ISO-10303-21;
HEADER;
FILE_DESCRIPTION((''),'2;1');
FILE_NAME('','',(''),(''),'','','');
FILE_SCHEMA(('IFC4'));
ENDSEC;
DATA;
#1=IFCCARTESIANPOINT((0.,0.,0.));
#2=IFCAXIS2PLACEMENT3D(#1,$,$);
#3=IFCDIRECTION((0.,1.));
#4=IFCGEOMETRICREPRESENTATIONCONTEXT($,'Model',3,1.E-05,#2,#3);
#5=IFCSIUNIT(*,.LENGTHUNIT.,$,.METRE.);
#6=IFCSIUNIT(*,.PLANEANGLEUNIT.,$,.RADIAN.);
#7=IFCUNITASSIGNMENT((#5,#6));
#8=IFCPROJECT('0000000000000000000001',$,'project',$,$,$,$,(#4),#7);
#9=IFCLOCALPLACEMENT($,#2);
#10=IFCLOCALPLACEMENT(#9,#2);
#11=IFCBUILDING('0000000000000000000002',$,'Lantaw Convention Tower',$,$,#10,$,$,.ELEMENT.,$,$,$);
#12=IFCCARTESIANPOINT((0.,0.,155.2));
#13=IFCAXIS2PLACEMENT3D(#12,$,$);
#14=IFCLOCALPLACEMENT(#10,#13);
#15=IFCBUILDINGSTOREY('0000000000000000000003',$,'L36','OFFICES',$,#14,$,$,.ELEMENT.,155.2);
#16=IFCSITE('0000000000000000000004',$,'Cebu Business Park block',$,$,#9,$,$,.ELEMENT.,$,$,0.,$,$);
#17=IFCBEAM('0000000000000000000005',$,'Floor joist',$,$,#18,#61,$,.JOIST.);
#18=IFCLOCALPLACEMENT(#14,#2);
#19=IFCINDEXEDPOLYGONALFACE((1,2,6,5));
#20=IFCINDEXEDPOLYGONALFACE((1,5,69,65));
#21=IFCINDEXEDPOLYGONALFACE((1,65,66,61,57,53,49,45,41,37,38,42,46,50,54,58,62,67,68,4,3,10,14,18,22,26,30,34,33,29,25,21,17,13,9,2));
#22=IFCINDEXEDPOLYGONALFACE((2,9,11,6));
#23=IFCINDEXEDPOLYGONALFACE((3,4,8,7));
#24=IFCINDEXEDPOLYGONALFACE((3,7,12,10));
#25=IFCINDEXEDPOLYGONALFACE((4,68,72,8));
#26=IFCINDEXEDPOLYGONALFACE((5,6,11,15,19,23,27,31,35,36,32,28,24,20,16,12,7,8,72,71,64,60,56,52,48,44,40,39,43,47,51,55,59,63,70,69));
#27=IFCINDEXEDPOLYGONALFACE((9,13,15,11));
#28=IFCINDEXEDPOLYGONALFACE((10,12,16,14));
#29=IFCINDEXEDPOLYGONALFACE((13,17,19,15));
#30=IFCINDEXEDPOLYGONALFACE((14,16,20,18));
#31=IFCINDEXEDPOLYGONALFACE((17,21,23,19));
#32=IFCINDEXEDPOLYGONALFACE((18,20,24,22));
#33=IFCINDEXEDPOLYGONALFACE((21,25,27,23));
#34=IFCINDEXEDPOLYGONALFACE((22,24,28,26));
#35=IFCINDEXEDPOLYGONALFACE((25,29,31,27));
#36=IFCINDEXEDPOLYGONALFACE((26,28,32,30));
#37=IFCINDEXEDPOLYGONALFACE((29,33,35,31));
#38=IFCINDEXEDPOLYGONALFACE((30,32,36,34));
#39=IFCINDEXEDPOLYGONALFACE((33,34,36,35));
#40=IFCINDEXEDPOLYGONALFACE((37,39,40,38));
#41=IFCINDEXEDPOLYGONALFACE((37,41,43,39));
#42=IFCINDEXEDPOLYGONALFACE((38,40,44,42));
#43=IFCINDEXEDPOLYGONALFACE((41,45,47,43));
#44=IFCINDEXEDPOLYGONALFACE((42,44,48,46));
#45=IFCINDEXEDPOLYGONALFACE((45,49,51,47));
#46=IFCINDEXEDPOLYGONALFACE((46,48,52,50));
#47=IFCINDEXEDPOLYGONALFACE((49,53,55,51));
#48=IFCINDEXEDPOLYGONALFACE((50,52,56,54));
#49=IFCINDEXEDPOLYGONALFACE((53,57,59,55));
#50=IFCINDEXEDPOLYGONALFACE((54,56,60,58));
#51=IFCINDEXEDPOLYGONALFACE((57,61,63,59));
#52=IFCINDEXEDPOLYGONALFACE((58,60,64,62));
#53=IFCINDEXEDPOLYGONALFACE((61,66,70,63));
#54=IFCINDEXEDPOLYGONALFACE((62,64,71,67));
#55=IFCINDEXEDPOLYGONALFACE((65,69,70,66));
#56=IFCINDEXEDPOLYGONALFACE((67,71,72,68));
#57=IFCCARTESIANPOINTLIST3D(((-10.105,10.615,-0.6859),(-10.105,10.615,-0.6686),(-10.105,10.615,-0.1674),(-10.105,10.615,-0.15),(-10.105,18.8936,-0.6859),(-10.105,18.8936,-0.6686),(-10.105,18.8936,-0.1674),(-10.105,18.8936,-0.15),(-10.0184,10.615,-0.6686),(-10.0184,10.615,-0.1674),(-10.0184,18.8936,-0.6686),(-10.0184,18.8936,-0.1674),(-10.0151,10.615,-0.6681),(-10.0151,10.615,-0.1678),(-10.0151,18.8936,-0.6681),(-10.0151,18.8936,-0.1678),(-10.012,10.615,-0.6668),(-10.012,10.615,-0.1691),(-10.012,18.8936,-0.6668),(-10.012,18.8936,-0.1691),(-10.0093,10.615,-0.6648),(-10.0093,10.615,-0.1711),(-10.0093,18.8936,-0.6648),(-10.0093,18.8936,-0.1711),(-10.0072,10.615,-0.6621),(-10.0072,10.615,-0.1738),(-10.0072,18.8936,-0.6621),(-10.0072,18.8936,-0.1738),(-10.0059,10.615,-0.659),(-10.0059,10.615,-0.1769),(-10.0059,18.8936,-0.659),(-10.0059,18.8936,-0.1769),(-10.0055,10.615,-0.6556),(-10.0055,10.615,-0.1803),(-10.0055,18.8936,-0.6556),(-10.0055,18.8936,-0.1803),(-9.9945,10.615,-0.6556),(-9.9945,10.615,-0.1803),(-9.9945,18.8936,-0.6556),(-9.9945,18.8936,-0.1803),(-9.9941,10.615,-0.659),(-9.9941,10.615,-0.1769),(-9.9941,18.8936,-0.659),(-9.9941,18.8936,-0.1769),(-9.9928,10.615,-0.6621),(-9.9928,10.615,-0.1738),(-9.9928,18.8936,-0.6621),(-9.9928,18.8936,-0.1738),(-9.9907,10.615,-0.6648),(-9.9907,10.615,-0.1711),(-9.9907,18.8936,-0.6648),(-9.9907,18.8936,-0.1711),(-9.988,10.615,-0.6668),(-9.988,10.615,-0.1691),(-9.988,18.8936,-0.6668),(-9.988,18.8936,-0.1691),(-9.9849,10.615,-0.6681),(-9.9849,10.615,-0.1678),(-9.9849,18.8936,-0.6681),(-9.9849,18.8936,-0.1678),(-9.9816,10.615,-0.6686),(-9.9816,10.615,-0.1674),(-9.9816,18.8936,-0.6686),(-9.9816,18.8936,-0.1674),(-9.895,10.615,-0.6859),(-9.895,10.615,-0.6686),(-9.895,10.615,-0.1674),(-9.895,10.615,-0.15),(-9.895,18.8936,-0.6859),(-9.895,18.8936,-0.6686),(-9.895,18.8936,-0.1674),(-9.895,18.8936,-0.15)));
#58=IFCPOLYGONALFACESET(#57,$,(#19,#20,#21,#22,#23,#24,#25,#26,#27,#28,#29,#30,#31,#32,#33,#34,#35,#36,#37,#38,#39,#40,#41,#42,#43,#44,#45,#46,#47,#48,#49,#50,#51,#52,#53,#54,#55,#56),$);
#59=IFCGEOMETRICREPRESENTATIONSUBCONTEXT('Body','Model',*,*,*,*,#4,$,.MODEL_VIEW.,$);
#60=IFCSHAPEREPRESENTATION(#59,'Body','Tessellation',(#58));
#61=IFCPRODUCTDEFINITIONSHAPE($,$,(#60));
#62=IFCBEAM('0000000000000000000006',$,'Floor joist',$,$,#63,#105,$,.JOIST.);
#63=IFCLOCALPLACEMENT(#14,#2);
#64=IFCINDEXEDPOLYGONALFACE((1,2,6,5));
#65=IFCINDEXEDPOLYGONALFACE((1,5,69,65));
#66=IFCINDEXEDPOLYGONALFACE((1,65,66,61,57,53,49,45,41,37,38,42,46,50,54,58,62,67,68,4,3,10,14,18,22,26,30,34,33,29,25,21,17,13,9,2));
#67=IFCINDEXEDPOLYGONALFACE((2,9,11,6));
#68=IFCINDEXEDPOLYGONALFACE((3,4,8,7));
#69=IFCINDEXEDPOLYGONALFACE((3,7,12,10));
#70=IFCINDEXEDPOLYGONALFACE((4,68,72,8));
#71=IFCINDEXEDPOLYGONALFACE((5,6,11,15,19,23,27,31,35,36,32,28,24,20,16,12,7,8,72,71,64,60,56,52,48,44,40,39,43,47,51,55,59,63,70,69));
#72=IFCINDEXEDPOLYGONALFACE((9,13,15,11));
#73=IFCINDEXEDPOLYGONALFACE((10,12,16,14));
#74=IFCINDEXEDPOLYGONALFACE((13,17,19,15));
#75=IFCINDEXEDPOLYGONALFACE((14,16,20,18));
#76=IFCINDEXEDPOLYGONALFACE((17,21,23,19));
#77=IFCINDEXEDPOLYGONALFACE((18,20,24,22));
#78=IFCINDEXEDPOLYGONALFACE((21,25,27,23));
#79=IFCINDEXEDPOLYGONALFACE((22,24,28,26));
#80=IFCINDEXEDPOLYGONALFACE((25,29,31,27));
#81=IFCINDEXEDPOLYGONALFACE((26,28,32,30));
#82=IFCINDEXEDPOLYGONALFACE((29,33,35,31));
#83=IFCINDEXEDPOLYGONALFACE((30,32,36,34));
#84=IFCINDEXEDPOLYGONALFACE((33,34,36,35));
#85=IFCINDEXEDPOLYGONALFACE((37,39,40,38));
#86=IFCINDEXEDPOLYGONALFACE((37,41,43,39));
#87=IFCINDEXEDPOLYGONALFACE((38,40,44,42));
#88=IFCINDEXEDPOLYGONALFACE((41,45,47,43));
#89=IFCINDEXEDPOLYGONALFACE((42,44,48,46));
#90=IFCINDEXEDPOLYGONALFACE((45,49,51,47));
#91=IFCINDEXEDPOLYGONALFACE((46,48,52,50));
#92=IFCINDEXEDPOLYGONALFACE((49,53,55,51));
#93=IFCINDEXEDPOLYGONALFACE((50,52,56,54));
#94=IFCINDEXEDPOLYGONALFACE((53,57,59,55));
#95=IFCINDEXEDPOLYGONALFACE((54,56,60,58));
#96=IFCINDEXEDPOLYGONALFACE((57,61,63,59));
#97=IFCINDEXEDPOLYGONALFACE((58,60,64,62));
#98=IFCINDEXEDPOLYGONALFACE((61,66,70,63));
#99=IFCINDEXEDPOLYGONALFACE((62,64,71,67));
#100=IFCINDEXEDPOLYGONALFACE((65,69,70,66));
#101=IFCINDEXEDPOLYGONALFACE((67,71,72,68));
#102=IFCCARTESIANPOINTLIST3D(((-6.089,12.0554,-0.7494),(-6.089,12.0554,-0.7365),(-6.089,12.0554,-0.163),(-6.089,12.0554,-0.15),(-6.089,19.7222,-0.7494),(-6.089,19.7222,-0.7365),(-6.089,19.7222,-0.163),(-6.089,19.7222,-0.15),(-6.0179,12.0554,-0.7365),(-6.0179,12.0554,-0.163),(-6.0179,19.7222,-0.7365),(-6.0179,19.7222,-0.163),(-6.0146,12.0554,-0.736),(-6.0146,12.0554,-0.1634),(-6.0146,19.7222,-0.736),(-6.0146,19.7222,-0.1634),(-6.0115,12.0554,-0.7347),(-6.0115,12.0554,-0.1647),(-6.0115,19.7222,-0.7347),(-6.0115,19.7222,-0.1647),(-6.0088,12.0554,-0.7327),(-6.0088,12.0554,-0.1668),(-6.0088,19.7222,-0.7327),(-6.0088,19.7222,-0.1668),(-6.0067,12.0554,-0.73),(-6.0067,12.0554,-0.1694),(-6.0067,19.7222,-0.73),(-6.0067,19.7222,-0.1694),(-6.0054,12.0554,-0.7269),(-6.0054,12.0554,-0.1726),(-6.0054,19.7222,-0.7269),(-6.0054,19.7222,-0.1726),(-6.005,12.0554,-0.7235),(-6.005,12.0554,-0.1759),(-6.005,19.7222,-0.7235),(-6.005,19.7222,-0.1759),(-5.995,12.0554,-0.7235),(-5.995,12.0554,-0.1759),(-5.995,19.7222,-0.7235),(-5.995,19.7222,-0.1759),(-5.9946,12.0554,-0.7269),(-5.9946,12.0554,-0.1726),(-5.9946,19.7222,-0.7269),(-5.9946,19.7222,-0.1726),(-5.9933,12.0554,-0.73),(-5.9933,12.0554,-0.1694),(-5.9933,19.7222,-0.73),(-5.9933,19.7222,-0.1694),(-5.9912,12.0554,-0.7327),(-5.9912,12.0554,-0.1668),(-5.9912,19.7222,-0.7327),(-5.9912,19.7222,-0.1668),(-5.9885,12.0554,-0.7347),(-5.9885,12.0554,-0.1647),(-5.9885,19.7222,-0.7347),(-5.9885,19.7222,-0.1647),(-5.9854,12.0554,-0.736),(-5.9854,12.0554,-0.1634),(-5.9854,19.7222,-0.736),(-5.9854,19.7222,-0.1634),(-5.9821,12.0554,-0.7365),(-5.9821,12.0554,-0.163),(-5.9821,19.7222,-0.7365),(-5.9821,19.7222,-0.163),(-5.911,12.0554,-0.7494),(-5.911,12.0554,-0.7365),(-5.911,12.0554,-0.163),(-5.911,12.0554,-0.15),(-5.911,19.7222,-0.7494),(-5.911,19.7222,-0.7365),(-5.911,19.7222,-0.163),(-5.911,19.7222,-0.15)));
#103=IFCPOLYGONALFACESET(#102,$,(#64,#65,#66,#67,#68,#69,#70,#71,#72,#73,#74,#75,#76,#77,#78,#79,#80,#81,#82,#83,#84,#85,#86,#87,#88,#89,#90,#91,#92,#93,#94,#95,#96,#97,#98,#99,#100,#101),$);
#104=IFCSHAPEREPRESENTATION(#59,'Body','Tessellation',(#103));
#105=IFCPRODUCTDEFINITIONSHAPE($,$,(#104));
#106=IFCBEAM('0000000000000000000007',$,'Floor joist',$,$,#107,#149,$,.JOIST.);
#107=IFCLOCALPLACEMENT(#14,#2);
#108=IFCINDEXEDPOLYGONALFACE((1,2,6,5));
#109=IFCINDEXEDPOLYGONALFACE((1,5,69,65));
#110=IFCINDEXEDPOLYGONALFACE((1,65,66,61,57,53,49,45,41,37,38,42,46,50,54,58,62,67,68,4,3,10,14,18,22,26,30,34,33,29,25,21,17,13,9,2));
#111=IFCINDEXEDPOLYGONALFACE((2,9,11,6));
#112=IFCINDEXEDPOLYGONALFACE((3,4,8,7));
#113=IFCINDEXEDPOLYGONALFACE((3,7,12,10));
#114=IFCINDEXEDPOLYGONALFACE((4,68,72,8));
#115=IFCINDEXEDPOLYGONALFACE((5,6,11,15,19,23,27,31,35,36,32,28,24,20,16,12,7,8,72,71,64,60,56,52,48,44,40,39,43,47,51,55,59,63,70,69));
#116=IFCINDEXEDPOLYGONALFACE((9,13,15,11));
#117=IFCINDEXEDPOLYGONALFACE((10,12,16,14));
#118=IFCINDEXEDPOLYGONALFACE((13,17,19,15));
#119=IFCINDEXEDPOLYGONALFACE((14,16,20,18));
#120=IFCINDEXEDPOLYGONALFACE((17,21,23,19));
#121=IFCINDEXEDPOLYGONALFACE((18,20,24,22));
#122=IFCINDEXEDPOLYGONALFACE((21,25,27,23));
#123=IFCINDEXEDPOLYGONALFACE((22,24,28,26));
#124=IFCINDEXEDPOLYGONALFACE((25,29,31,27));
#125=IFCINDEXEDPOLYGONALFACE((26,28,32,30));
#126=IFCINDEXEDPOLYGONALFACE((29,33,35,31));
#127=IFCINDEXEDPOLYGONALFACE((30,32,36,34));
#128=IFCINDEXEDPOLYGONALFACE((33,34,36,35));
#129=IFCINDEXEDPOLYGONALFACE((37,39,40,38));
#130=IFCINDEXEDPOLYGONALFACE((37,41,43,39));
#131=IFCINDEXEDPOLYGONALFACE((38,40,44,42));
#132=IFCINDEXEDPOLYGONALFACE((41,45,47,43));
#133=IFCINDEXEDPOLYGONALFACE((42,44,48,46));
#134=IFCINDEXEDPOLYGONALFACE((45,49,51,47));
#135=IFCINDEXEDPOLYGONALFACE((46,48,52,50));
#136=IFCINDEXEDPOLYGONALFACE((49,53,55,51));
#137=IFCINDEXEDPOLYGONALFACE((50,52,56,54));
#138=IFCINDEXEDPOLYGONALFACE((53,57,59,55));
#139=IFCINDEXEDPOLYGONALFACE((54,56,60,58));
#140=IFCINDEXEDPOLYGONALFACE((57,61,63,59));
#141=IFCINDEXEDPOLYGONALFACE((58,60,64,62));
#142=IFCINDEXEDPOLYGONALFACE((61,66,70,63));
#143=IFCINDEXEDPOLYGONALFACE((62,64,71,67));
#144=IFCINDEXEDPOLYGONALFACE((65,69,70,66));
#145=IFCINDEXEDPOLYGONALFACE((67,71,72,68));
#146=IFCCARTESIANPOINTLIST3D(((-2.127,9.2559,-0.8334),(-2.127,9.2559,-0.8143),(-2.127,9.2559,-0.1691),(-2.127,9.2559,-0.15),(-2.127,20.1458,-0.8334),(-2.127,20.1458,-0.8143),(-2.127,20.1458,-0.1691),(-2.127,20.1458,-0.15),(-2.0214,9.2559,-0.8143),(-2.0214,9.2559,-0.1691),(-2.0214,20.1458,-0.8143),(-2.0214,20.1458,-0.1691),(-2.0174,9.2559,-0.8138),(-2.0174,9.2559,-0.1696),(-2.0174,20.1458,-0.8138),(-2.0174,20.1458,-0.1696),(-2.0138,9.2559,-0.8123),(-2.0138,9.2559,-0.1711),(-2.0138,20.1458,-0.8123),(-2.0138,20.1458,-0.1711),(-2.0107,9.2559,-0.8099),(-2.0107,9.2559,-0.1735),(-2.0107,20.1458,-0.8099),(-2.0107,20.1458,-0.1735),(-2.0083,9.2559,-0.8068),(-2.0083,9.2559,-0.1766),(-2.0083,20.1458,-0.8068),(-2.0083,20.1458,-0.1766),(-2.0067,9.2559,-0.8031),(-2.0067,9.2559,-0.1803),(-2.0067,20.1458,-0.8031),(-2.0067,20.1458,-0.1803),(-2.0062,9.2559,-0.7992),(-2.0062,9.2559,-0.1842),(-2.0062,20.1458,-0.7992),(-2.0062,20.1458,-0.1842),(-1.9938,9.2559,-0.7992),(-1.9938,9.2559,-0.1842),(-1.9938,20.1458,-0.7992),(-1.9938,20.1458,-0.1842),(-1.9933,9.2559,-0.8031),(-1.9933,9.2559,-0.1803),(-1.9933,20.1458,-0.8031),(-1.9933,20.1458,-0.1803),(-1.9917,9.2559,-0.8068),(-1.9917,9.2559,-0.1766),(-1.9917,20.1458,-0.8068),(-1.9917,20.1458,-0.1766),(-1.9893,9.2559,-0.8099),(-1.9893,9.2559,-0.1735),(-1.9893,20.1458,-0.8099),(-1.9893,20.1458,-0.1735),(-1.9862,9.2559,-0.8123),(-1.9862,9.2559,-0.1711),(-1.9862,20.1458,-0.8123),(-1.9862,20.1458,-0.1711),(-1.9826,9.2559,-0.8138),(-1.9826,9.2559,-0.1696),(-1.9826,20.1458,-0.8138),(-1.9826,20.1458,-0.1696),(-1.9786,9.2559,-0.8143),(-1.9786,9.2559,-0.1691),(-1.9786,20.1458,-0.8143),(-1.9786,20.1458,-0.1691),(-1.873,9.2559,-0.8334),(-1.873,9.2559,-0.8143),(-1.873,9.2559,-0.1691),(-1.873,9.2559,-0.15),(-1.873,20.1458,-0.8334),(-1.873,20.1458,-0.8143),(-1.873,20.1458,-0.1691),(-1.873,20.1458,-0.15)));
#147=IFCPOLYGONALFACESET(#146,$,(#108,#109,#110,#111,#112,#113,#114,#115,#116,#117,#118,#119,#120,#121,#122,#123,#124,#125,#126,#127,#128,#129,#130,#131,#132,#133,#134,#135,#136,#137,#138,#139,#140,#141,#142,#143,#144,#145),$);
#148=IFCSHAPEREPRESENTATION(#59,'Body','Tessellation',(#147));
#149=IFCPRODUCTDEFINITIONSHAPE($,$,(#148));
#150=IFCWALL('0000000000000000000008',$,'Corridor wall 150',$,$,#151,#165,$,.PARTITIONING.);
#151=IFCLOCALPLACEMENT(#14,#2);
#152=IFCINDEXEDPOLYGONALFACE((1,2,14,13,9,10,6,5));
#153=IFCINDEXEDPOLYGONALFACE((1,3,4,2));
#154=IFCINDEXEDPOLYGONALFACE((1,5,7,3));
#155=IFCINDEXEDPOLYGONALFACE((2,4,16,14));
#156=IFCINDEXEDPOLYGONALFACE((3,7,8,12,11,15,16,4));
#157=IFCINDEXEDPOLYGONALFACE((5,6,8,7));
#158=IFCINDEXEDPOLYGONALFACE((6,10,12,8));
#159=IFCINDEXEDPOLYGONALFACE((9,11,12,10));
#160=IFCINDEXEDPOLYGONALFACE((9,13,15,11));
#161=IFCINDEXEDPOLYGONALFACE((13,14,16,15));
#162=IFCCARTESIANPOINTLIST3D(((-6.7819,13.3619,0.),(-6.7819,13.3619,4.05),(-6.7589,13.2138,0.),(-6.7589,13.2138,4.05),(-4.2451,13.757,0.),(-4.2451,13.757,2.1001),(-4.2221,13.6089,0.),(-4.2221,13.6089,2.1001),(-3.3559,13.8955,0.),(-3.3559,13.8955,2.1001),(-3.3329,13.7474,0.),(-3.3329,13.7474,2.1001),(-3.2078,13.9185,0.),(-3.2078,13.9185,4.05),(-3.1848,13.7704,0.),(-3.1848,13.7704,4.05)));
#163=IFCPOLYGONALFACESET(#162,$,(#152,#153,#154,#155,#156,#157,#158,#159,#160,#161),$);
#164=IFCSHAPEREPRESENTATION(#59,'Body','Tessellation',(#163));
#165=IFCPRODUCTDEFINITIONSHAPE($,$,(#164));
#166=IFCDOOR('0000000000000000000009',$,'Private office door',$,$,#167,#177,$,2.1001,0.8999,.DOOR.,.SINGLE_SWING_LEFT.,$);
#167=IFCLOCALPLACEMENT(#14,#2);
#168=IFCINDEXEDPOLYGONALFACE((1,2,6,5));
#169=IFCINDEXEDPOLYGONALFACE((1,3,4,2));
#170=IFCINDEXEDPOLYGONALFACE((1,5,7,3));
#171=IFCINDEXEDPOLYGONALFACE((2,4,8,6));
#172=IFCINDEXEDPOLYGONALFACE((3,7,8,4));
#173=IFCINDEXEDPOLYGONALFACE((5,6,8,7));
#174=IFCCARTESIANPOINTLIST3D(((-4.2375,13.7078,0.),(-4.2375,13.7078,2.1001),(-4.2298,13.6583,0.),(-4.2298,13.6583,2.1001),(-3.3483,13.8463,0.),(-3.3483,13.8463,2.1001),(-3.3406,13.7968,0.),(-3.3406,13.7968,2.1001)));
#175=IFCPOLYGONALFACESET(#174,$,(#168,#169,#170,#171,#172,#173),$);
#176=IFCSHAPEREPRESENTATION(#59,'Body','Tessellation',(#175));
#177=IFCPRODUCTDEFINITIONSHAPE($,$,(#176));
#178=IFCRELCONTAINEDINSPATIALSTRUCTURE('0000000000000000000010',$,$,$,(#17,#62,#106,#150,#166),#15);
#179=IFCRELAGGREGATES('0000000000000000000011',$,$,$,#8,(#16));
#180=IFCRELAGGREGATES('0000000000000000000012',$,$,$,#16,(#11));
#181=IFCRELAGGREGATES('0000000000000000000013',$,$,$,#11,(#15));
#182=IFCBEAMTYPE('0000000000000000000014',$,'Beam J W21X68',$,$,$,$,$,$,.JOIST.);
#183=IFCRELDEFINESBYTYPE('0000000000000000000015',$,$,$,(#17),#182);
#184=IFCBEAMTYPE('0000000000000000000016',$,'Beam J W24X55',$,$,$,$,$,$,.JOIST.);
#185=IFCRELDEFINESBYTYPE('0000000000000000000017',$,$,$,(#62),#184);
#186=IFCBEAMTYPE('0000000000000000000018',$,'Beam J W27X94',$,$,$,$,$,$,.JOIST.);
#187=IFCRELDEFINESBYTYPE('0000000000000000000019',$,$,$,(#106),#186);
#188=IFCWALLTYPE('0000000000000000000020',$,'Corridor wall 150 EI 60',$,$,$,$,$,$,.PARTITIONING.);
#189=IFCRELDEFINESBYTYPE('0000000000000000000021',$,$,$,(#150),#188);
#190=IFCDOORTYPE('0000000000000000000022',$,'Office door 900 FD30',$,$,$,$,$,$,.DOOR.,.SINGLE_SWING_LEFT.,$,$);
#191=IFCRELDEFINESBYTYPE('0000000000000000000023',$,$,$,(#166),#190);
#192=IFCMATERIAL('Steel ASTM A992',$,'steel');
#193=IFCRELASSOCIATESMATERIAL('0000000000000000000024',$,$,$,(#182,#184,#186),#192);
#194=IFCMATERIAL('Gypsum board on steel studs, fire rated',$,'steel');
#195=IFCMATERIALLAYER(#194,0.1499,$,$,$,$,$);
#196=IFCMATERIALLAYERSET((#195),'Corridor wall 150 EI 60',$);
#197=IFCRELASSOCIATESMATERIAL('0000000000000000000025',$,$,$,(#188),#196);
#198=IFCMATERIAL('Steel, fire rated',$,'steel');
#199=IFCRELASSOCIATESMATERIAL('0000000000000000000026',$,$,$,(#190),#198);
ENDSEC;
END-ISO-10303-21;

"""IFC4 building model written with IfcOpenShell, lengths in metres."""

from ifc_helpers import new_model, si_unit, direction, frame, frame_2d, origin, origin_2d, place, context, subcontext, project, spatial, rectangle, i_section, extrude, material, layer, layer_set, material_profile, profile_set, type_object, element, fill, save


model = new_model("IFC4")

# Units and contexts
model_context = context("Model", 3, precision=1e-05, world=origin(), true_north=direction((0.0, 1.0)))
body_context = subcontext(model_context, "Body", "Model", "MODEL_VIEW")
ifc_project = project(units=[si_unit("LENGTHUNIT", "METRE"), si_unit("PLANEANGLEUNIT", "RADIAN")], contexts=[model_context])

# Site, building, storey
site_placement = place(None, origin())
site = spatial("IfcSite", under=ifc_project, at=site_placement, Name="Cebu Business Park block", CompositionType="ELEMENT", RefElevation=0.0)
building_placement = place(site_placement, origin())
building = spatial("IfcBuilding", under=site, at=building_placement, Name="Lantaw Convention Tower", CompositionType="ELEMENT")
storey_placement = place(building_placement, frame((0.0, 0.0, 155.2)))
storey = spatial("IfcBuildingStorey", under=building, at=storey_placement, Name="L36", Description="OFFICES", CompositionType="ELEMENT", Elevation=155.2)

# Beams
ifc_material_1 = material(Name="Steel ASTM A992", Category="steel")
ifc_material_profile_1 = material_profile(ifc_material_1, i_section(OverallWidth=0.21, OverallDepth=0.5359, WebThickness=0.011, FlangeThickness=0.0173, FilletRadius=0.0129, at=origin_2d()), Name="W21X68")
ifc_profile_set_1 = profile_set([ifc_material_profile_1], Name="Steel ASTM A992")
beam_type_1 = type_object("IfcBeamType", Name="Beam J W21X68", PredefinedType="JOIST", material=ifc_profile_set_1)
beam_1_placement = place(storey_placement, frame((-10.0, 10.615, -0.418), z_axis=(0.0, 1.0, 0.0), x_axis=(-1.0, 0.0, 0.0)))
element("IfcBeam", 1, at=beam_1_placement, inside=storey, type_object=beam_type_1, Name="Floor joist", PredefinedType="JOIST", context=body_context, shape_type="SweptSolid", body=[
    extrude(i_section(OverallWidth=0.21, OverallDepth=0.5359, WebThickness=0.011, FlangeThickness=0.0173, FilletRadius=0.0129, at=origin_2d()), origin(), (0.0, 0.0, 1.0), 8.2786),
])
ifc_material_profile_2 = material_profile(ifc_material_1, i_section(OverallWidth=0.178, OverallDepth=0.5994, WebThickness=0.01, FlangeThickness=0.0129, FilletRadius=0.0129, at=origin_2d()), Name="W24X55")
ifc_profile_set_2 = profile_set([ifc_material_profile_2], Name="Steel ASTM A992")
beam_type_2 = type_object("IfcBeamType", Name="Beam J W24X55", PredefinedType="JOIST", material=ifc_profile_set_2)
beam_2_placement = place(storey_placement, frame((-6.0, 12.0554, -0.4497), z_axis=(0.0, 1.0, 0.0), x_axis=(-1.0, 0.0, 0.0)))
element("IfcBeam", 2, at=beam_2_placement, inside=storey, type_object=beam_type_2, Name="Floor joist", PredefinedType="JOIST", context=body_context, shape_type="SweptSolid", body=[
    extrude(i_section(OverallWidth=0.178, OverallDepth=0.5994, WebThickness=0.01, FlangeThickness=0.0129, FilletRadius=0.0129, at=origin_2d()), origin(), (0.0, 0.0, 1.0), 7.6667),
])
ifc_material_profile_3 = material_profile(ifc_material_1, i_section(OverallWidth=0.2539, OverallDepth=0.6833, WebThickness=0.0125, FlangeThickness=0.019, FilletRadius=0.0151, at=origin_2d()), Name="W27X94")
ifc_profile_set_3 = profile_set([ifc_material_profile_3], Name="Steel ASTM A992")
beam_type_3 = type_object("IfcBeamType", Name="Beam J W27X94", PredefinedType="JOIST", material=ifc_profile_set_3)
beam_3_placement = place(storey_placement, frame((-2.0, 9.2559, -0.4917), z_axis=(0.0, 1.0, 0.0), x_axis=(-1.0, 0.0, 0.0)))
element("IfcBeam", 3, at=beam_3_placement, inside=storey, type_object=beam_type_3, Name="Floor joist", PredefinedType="JOIST", context=body_context, shape_type="SweptSolid", body=[
    extrude(i_section(OverallWidth=0.2539, OverallDepth=0.6833, WebThickness=0.0125, FlangeThickness=0.019, FilletRadius=0.0151, at=origin_2d()), origin(), (0.0, 0.0, 1.0), 10.8899),
])

# Wall, opening, door
ifc_material_2 = material(Name="Gypsum board on steel studs, fire rated", Category="steel")
ifc_layer_1 = layer(ifc_material_2, 0.1499)
ifc_layer_set_1 = layer_set([ifc_layer_1], Name="Corridor wall 150 EI 60")
wall_type_1 = type_object("IfcWallType", Name="Corridor wall 150 EI 60", PredefinedType="PARTITIONING", material=ifc_layer_set_1)
wall_1_placement = place(storey_placement, frame((-3.1963, 13.8445, 0.0), z_axis=(0.0, 0.0, 1.0), x_axis=(-0.988089, -0.153883, 0.0)))
wall_1 = element("IfcWall", 4, at=wall_1_placement, inside=storey, type_object=wall_type_1, Name="Corridor wall 150", PredefinedType="PARTITIONING", context=body_context, shape_type="SweptSolid", body=[
    extrude(rectangle(XDim=3.6172, YDim=0.1499, at=frame_2d((1.8086, 0.0))), origin(), (0.0, 0.0, 1.0), 4.05),
])
opening_1_placement = place(wall_1_placement, frame((0.1499, 0.0, 0.0)))
opening_1 = element("IfcOpeningElement", 5, at=opening_1_placement, cuts=wall_1, PredefinedType="OPENING", context=body_context, shape_type="SweptSolid", body=[
    extrude(rectangle(XDim=0.8999, YDim=2.1001, at=frame_2d((0.45, 1.05))), frame((0.0, 0.085, 0.0), z_axis=(0.0, -1.0, 0.0), x_axis=(1.0, 0.0, 0.0)), (0.0, 0.0, 1.0), 0.1699),
])
ifc_material_3 = material(Name="Steel, fire rated", Category="steel")
door_type_1 = type_object("IfcDoorType", Name="Office door 900 FD30", OperationType="SINGLE_SWING_LEFT", PredefinedType="DOOR", material=ifc_material_3)
door_1_placement = place(opening_1_placement, origin())
door_1 = element("IfcDoor", 6, at=door_1_placement, inside=storey, type_object=door_type_1, Name="Private office door", OperationType="SINGLE_SWING_LEFT", OverallHeight=2.1001, OverallWidth=0.8999, PredefinedType="DOOR", context=body_context, shape_type="SweptSolid", body=[
    extrude(rectangle(XDim=0.8999, YDim=2.1001, at=frame_2d((0.45, 1.05))), frame((0.0, 0.0249, 0.0), z_axis=(0.0, -1.0, 0.0), x_axis=(1.0, 0.0, 0.0)), (0.0, 0.0, 1.0), 0.05),
])
fill(opening_1, door_1)

save(model, "model.ifc")
